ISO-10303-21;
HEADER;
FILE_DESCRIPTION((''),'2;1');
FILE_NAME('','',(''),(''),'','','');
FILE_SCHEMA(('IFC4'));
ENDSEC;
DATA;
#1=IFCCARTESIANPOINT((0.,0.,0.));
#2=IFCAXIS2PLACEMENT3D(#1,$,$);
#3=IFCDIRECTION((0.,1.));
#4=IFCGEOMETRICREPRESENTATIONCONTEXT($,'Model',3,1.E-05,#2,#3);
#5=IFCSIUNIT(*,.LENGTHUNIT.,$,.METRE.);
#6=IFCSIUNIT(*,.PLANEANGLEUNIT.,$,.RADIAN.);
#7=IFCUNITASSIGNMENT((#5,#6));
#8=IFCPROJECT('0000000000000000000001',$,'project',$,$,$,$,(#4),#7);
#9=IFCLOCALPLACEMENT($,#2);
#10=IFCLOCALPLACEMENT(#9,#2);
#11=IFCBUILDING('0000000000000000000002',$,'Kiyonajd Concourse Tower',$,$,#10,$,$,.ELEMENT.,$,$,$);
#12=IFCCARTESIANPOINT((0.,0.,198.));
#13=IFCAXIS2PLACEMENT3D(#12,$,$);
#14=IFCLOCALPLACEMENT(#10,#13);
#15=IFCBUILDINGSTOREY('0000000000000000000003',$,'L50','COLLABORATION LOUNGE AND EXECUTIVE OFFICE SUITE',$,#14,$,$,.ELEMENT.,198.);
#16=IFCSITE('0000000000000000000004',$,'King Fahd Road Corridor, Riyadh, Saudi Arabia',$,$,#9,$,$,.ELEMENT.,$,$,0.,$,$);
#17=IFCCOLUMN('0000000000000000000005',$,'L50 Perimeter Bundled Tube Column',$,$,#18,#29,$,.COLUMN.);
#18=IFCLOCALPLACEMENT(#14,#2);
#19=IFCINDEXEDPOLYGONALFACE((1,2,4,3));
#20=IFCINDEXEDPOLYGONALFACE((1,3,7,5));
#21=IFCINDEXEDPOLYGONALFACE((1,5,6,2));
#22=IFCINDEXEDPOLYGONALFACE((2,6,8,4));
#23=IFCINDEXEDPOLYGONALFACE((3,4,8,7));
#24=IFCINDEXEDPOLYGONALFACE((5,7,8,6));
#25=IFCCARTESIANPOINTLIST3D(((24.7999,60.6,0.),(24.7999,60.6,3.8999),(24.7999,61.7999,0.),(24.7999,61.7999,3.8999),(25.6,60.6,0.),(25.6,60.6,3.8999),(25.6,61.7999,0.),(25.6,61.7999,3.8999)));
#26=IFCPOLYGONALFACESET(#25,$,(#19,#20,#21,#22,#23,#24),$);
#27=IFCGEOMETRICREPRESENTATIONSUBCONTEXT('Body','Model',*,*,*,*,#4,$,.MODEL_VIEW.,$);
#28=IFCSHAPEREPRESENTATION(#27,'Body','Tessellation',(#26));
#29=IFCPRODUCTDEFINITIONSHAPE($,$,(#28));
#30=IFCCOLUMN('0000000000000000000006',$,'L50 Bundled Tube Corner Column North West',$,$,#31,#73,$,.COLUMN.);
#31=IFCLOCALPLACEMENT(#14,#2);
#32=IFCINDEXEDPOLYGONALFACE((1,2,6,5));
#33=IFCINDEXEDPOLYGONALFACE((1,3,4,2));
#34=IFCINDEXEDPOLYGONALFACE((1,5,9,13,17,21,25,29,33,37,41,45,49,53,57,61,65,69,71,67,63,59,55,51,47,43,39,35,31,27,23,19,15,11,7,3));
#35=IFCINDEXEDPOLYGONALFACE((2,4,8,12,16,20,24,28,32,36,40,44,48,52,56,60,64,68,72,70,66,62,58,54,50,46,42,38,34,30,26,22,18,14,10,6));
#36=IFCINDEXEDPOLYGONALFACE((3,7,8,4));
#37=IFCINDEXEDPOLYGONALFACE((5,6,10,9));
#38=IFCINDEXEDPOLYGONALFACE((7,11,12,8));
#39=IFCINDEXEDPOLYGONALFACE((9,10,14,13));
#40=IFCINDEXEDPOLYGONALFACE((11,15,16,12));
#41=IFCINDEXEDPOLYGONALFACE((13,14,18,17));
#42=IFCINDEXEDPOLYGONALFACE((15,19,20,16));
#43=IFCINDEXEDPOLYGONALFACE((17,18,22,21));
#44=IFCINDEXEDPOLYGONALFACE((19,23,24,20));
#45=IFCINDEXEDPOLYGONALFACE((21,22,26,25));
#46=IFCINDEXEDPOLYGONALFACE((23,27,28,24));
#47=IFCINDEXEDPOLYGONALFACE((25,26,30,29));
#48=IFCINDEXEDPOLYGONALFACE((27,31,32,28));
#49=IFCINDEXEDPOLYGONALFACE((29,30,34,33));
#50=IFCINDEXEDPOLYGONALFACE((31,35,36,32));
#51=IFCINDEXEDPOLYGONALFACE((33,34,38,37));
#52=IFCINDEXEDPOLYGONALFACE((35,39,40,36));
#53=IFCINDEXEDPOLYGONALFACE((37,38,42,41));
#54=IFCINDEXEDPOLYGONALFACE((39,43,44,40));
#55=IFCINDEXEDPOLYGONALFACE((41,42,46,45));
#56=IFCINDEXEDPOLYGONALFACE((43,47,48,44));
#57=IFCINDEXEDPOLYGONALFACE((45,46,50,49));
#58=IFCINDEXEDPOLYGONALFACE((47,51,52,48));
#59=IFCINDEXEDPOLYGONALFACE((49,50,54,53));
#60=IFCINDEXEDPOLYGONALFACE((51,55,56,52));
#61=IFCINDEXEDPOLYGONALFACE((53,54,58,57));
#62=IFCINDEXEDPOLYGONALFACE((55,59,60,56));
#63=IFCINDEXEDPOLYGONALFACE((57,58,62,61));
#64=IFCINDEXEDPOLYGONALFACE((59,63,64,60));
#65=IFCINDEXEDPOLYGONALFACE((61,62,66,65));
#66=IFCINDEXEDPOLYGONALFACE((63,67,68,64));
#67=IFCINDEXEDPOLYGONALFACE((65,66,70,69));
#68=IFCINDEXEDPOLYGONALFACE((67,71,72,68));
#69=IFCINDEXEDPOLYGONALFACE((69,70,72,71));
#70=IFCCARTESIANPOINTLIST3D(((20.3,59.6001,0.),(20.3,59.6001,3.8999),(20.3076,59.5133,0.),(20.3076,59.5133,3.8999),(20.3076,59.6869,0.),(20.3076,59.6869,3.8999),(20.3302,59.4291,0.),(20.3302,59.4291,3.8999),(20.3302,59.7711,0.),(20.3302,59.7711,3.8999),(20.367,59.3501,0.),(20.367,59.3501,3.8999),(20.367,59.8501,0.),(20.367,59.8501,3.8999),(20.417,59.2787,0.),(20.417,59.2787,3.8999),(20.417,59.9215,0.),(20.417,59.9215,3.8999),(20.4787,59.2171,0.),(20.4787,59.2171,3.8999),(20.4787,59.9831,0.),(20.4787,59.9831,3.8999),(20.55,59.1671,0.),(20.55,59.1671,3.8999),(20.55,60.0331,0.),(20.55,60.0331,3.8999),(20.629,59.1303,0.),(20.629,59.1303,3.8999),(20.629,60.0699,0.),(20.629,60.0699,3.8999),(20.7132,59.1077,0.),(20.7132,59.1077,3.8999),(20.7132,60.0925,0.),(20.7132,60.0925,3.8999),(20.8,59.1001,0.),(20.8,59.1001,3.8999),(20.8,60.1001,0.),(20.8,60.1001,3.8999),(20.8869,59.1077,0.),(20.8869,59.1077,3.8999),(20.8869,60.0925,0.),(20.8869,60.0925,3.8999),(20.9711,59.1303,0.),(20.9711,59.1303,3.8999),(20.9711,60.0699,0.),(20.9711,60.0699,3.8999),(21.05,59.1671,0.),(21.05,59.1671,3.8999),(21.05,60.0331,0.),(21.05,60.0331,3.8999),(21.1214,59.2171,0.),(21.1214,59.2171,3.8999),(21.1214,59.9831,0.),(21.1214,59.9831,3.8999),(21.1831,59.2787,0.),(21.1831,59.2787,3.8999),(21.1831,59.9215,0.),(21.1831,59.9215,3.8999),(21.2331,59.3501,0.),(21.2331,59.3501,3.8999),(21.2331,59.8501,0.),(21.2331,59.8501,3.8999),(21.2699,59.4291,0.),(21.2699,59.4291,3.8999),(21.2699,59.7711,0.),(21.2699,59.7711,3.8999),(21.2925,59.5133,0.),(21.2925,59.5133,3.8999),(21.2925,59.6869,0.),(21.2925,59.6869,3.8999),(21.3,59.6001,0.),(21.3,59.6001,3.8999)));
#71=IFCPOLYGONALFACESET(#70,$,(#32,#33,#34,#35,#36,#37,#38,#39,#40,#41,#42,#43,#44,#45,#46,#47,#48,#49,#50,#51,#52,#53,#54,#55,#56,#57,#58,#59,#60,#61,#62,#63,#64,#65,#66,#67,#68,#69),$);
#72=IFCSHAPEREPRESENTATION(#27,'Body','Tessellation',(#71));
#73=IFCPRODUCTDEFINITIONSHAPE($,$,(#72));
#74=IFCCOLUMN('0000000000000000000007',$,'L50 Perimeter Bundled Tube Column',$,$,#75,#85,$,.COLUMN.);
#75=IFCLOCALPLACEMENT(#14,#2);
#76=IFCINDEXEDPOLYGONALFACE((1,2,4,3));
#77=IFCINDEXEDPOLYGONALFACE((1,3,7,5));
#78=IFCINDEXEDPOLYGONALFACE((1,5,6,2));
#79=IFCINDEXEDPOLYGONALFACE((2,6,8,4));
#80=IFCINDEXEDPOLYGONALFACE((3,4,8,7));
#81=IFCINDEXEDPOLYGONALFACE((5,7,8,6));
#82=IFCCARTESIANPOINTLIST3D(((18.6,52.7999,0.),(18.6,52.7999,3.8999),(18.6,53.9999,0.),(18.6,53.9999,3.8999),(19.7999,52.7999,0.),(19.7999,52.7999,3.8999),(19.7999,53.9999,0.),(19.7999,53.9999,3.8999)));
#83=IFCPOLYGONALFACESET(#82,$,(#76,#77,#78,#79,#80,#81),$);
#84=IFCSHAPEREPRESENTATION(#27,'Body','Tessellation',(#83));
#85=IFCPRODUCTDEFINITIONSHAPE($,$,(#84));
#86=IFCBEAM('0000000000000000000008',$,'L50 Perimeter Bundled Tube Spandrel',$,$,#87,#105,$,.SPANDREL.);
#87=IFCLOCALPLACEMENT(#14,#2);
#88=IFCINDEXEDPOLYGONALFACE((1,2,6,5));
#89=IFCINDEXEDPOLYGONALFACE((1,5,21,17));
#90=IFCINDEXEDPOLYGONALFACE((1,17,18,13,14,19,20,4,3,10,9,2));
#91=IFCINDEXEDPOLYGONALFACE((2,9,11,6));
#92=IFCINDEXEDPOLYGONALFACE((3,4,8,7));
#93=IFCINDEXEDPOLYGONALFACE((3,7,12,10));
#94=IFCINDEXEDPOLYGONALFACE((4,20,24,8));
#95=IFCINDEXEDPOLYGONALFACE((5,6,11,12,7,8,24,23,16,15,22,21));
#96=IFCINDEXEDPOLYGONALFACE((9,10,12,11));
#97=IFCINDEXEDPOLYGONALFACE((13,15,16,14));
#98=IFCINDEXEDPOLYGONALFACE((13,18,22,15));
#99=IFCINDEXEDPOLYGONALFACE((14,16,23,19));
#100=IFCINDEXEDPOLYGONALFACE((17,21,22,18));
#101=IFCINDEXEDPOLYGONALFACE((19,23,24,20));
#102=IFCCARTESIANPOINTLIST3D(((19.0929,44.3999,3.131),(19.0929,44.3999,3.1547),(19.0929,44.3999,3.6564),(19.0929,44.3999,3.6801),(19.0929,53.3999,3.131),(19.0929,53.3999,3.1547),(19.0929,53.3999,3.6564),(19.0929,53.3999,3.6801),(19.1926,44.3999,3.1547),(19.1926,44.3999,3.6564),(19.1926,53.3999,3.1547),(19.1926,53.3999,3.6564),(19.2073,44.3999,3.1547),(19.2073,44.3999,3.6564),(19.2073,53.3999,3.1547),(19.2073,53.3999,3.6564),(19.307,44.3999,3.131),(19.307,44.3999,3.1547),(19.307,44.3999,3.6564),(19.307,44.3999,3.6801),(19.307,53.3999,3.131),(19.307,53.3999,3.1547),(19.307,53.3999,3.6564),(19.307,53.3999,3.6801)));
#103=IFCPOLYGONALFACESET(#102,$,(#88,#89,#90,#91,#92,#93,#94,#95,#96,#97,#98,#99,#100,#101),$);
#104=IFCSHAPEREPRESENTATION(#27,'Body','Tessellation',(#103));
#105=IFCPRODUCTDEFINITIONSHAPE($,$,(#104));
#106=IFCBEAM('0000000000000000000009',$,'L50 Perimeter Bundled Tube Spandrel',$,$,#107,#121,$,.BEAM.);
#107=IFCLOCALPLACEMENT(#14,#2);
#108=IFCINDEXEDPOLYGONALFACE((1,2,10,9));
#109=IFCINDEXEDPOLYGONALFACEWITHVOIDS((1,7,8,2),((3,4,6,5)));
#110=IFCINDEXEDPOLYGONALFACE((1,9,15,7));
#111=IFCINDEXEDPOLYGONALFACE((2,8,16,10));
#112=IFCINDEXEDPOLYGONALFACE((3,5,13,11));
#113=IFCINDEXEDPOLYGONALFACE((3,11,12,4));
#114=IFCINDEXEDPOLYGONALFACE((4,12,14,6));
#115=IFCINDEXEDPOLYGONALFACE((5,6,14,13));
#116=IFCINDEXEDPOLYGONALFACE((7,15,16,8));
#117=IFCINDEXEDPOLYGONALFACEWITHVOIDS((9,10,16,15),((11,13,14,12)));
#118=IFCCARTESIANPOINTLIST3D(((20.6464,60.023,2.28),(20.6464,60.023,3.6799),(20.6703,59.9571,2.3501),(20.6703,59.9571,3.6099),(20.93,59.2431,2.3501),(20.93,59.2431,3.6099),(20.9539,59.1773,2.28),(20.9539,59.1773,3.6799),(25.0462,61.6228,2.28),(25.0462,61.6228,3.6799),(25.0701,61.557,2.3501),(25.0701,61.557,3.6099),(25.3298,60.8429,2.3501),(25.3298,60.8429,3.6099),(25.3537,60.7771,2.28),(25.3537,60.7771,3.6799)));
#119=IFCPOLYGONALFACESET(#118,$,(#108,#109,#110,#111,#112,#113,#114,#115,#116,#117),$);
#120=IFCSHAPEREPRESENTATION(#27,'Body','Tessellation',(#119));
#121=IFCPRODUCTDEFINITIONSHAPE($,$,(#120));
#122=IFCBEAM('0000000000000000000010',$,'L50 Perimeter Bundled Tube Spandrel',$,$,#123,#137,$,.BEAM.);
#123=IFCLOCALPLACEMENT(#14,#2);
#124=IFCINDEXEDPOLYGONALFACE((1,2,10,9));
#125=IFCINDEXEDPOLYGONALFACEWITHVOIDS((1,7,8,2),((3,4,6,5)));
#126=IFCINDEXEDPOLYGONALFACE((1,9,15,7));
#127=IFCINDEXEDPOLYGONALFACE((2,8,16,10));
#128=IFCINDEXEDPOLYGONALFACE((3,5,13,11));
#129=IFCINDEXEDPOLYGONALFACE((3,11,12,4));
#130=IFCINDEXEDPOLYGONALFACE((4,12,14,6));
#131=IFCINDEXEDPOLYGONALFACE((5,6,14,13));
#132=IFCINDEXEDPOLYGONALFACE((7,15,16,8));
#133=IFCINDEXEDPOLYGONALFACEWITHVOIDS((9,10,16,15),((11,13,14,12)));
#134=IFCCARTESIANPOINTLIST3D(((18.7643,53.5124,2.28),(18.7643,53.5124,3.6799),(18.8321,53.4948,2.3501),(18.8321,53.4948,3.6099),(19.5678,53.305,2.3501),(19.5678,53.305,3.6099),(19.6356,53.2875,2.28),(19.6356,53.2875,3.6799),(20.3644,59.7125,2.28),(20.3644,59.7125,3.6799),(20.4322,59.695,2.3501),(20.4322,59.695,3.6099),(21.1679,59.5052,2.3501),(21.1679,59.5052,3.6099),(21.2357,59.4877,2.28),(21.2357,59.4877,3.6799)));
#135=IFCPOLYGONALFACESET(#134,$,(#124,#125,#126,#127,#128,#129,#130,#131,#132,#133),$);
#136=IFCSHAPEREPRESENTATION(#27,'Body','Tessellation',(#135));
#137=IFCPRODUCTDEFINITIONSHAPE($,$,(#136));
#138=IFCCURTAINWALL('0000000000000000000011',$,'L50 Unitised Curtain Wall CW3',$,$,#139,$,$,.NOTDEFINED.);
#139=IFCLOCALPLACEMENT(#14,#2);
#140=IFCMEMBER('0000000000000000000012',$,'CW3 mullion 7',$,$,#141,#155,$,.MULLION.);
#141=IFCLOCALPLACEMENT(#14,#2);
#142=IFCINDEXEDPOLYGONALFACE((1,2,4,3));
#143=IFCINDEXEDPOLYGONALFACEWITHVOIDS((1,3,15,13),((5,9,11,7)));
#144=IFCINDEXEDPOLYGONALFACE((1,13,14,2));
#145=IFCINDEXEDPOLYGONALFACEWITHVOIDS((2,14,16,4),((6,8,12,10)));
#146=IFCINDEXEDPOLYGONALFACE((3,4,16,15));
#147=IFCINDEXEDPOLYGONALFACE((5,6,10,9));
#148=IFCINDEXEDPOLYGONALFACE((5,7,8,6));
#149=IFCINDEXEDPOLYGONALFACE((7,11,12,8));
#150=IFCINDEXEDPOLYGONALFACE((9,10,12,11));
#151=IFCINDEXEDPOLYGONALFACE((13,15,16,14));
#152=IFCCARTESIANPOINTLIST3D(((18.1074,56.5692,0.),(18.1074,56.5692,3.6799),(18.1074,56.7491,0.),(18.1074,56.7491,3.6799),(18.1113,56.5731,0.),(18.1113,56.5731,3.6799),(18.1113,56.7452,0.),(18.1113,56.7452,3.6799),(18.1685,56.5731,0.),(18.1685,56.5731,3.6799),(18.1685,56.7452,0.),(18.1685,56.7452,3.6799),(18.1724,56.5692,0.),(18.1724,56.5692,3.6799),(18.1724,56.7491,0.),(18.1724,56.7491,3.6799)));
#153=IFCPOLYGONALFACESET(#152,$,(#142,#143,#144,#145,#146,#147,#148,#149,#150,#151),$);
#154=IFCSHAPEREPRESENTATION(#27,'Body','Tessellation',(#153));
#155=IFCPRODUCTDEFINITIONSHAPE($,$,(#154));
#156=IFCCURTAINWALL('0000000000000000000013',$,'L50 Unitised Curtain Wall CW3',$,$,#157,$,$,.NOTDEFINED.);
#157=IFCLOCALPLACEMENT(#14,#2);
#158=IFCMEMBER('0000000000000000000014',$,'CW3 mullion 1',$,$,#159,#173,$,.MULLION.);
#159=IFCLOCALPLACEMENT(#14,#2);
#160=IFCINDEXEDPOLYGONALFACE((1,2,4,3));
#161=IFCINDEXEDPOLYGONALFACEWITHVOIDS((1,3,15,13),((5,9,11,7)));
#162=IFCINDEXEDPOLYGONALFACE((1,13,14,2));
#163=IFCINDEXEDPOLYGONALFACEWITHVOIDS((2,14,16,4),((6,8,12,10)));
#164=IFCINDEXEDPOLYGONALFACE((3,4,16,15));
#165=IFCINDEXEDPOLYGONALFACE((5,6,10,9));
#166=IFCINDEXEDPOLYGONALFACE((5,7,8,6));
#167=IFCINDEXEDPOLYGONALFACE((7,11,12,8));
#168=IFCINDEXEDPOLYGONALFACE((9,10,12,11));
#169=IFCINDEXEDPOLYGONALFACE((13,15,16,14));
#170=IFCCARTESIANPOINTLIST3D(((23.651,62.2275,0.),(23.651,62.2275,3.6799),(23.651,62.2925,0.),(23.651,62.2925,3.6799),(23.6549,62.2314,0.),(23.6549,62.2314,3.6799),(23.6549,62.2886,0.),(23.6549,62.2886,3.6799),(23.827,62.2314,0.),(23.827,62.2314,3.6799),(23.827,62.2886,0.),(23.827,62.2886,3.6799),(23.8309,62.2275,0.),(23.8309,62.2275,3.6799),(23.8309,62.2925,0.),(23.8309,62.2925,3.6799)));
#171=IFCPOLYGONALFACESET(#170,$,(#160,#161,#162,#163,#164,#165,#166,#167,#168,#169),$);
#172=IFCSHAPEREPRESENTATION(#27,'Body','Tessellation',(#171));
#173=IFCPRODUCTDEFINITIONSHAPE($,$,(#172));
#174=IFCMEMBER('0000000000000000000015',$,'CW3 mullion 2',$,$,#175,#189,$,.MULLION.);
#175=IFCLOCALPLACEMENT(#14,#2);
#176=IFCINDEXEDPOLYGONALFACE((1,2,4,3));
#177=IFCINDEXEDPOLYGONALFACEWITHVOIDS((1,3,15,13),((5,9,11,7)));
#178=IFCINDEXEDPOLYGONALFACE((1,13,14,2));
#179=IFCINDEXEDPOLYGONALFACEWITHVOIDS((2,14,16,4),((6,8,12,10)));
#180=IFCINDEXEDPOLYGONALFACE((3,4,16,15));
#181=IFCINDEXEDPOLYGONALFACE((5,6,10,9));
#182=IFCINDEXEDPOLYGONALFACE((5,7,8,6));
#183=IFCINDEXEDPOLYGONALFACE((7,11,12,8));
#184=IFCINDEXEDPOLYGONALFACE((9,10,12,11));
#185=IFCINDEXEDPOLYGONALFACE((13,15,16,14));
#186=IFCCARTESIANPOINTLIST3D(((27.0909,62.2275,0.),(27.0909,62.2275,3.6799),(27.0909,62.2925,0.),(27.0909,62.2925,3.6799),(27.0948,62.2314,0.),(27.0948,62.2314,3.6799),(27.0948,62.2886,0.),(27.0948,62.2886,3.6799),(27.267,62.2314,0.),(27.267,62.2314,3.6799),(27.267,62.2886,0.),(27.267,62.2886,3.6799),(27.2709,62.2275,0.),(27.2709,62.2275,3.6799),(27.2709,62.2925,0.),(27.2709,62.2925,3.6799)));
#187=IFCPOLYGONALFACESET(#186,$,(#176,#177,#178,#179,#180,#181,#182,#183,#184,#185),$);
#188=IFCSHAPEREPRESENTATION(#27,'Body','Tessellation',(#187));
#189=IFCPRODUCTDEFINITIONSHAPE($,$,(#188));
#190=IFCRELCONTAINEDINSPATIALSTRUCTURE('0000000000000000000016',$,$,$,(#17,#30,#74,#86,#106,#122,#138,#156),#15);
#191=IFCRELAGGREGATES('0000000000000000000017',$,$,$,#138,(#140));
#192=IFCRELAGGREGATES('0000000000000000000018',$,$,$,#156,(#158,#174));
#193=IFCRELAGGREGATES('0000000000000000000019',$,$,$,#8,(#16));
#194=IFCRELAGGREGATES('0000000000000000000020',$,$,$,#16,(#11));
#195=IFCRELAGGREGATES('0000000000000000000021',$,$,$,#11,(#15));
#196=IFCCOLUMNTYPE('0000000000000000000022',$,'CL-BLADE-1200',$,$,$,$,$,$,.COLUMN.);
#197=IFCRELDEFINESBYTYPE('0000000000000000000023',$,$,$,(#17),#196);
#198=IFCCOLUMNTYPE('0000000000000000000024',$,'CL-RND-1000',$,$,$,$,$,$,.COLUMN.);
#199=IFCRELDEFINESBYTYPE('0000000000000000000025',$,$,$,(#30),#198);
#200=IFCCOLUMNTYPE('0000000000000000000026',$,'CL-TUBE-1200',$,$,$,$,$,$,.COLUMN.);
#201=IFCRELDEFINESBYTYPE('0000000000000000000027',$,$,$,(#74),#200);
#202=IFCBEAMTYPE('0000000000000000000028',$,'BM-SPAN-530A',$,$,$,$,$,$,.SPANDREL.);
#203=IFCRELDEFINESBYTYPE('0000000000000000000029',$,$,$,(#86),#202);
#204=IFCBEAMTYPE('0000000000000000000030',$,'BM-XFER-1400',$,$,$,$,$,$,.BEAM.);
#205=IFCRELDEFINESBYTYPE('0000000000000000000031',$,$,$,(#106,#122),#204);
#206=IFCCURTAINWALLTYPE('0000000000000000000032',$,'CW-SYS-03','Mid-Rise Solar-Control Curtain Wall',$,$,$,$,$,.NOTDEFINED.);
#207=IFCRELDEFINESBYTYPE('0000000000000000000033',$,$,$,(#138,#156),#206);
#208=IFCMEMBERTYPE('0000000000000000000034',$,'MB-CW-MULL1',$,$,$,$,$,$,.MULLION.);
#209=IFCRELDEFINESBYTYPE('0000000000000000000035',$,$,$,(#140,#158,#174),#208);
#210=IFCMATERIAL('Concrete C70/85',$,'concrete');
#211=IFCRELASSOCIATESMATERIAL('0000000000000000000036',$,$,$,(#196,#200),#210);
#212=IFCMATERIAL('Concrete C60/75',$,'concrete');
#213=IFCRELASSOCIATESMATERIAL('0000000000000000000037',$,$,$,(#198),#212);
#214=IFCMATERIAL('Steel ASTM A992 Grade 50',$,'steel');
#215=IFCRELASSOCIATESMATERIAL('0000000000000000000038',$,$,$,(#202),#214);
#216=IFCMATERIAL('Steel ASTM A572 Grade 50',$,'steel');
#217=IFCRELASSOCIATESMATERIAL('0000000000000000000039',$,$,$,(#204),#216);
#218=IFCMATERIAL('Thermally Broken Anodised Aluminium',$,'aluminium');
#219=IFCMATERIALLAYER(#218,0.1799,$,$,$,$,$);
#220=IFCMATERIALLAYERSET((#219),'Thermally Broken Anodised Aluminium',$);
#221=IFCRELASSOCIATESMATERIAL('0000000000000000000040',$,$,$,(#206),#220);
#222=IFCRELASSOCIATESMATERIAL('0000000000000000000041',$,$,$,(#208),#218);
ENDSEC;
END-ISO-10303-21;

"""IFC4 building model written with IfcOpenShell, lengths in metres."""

from ifc_helpers import new_model, si_unit, direction, frame, origin, origin_2d, place, context, subcontext, project, spatial, rectangle, hollow_rectangle, circle, i_section, extrude, material, layer, layer_set, material_profile, profile_set, type_object, element, aggregate, save


model = new_model("IFC4")

# Units and contexts
model_context = context("Model", 3, precision=1e-05, world=origin(), true_north=direction((0.0, 1.0)))
body_context = subcontext(model_context, "Body", "Model", "MODEL_VIEW")
ifc_project = project(units=[si_unit("LENGTHUNIT", "METRE"), si_unit("PLANEANGLEUNIT", "RADIAN")], contexts=[model_context])

# Site, building, storey
site_placement = place(None, origin())
site = spatial("IfcSite", under=ifc_project, at=site_placement, Name="King Fahd Road Corridor, Riyadh, Saudi Arabia", CompositionType="ELEMENT", RefElevation=0.0)
building_placement = place(site_placement, origin())
building = spatial("IfcBuilding", under=site, at=building_placement, Name="Kiyonajd Concourse Tower", CompositionType="ELEMENT")
storey_placement = place(building_placement, frame((0.0, 0.0, 198.0)))
storey = spatial("IfcBuildingStorey", under=building, at=storey_placement, Name="L50", Description="COLLABORATION LOUNGE AND EXECUTIVE OFFICE SUITE", CompositionType="ELEMENT", Elevation=198.0)

# Columns
ifc_material_1 = material(Name="Concrete C70/85", Category="concrete")
ifc_material_profile_1 = material_profile(ifc_material_1, rectangle(XDim=0.8, YDim=1.2, at=origin_2d()), Name="RC-1200x800")
ifc_profile_set_1 = profile_set([ifc_material_profile_1], Name="Concrete C70/85")
column_type_1 = type_object("IfcColumnType", Name="CL-BLADE-1200", PredefinedType="COLUMN", material=ifc_profile_set_1)
column_1_placement = place(storey_placement, frame((25.2, 61.2, 0.0), z_axis=(0.0, 0.0, 1.0), x_axis=(1.0, 0.0, 0.0)))
element("IfcColumn", 1, at=column_1_placement, inside=storey, type_object=column_type_1, Name="L50 Perimeter Bundled Tube Column", PredefinedType="COLUMN", context=body_context, shape_type="SweptSolid", body=[
    extrude(rectangle(XDim=0.8, YDim=1.2, at=origin_2d()), origin(), (0.0, 0.0, 1.0), 3.8999),
])
ifc_material_2 = material(Name="Concrete C60/75", Category="concrete")
ifc_material_profile_2 = material_profile(ifc_material_2, circle(Radius=0.5, at=origin_2d()), Name="RCC-D1000")
ifc_profile_set_2 = profile_set([ifc_material_profile_2], Name="Concrete C60/75")
column_type_2 = type_object("IfcColumnType", Name="CL-RND-1000", PredefinedType="COLUMN", material=ifc_profile_set_2)
column_2_placement = place(storey_placement, frame((20.8, 59.6001, 0.0), z_axis=(0.0, 0.0, 1.0), x_axis=(1.0, 0.0, 0.0)))
element("IfcColumn", 2, at=column_2_placement, inside=storey, type_object=column_type_2, Name="L50 Bundled Tube Corner Column North West", PredefinedType="COLUMN", context=body_context, shape_type="SweptSolid", body=[
    extrude(circle(Radius=0.5, at=origin_2d()), origin(), (0.0, 0.0, 1.0), 3.8999),
])
ifc_material_profile_3 = material_profile(ifc_material_1, rectangle(XDim=1.2, YDim=1.2, at=origin_2d()), Name="RC-1200x1200")
ifc_profile_set_3 = profile_set([ifc_material_profile_3], Name="Concrete C70/85")
column_type_3 = type_object("IfcColumnType", Name="CL-TUBE-1200", PredefinedType="COLUMN", material=ifc_profile_set_3)
column_3_placement = place(storey_placement, frame((19.2, 53.3999, 0.0), z_axis=(0.0, 0.0, 1.0), x_axis=(1.0, 0.0, 0.0)))
element("IfcColumn", 3, at=column_3_placement, inside=storey, type_object=column_type_3, Name="L50 Perimeter Bundled Tube Column", PredefinedType="COLUMN", context=body_context, shape_type="SweptSolid", body=[
    extrude(rectangle(XDim=1.2, YDim=1.2, at=origin_2d()), origin(), (0.0, 0.0, 1.0), 3.8999),
])

# Beams
ifc_material_3 = material(Name="Steel ASTM A992 Grade 50", Category="steel")
ifc_material_profile_4 = material_profile(ifc_material_3, i_section(OverallWidth=0.2141, OverallDepth=0.5491, WebThickness=0.0146, FlangeThickness=0.0237, at=origin_2d()), Name="W530X138")
ifc_profile_set_4 = profile_set([ifc_material_profile_4], Name="Steel ASTM A992 Grade 50")
beam_type_1 = type_object("IfcBeamType", Name="BM-SPAN-530A", PredefinedType="SPANDREL", material=ifc_profile_set_4)
beam_1_placement = place(storey_placement, frame((19.2, 53.3999, 3.4055), z_axis=(0.0, -1.0, 0.0), x_axis=(1.0, 0.0, 0.0)))
element("IfcBeam", 4, at=beam_1_placement, inside=storey, type_object=beam_type_1, Name="L50 Perimeter Bundled Tube Spandrel", PredefinedType="SPANDREL", context=body_context, shape_type="SweptSolid", body=[
    extrude(i_section(OverallWidth=0.2141, OverallDepth=0.5491, WebThickness=0.0146, FlangeThickness=0.0237, at=origin_2d()), origin(), (0.0, 0.0, 1.0), 9.0),
])
ifc_material_4 = material(Name="Steel ASTM A572 Grade 50", Category="steel")
ifc_material_profile_5 = material_profile(ifc_material_4, hollow_rectangle(XDim=0.8999, YDim=1.3999, WallThickness=0.0701, at=origin_2d()), Name="BOX-1400x900x70")
ifc_profile_set_5 = profile_set([ifc_material_profile_5], Name="Steel ASTM A572 Grade 50")
beam_type_2 = type_object("IfcBeamType", Name="BM-XFER-1400", PredefinedType="BEAM", material=ifc_profile_set_5)
beam_2_placement = place(storey_placement, frame((25.2, 61.2, 2.98), z_axis=(-0.939801, -0.341722, 0.0), x_axis=(0.341722, -0.939801, 0.0)))
element("IfcBeam", 5, at=beam_2_placement, inside=storey, type_object=beam_type_2, Name="L50 Perimeter Bundled Tube Spandrel", PredefinedType="BEAM", context=body_context, shape_type="SweptSolid", body=[
    extrude(hollow_rectangle(XDim=0.8999, YDim=1.3999, WallThickness=0.0701, at=origin_2d()), origin(), (0.0, 0.0, 1.0), 4.6816),
])
beam_3_placement = place(storey_placement, frame((20.8, 59.6001, 2.98), z_axis=(-0.249885, -0.968276, 0.0), x_axis=(0.968276, -0.249885, 0.0)))
element("IfcBeam", 6, at=beam_3_placement, inside=storey, type_object=beam_type_2, Name="L50 Perimeter Bundled Tube Spandrel", PredefinedType="BEAM", context=body_context, shape_type="SweptSolid", body=[
    extrude(hollow_rectangle(XDim=0.8999, YDim=1.3999, WallThickness=0.0701, at=origin_2d()), origin(), (0.0, 0.0, 1.0), 6.4033),
])

# Curtain wall, member
ifc_material_5 = material(Name="Thermally Broken Anodised Aluminium", Category="aluminium")
ifc_layer_1 = layer(ifc_material_5, 0.1799)
ifc_layer_set_1 = layer_set([ifc_layer_1], Name="Thermally Broken Anodised Aluminium")
curtain_wall_type = type_object("IfcCurtainWallType", Name="CW-SYS-03", Description="Mid-Rise Solar-Control Curtain Wall", PredefinedType="NOTDEFINED", material=ifc_layer_set_1)
curtain_wall_1_placement = place(storey_placement, origin())
curtain_wall_1 = element("IfcCurtainWall", 7, at=curtain_wall_1_placement, inside=storey, type_object=curtain_wall_type, Name="L50 Unitised Curtain Wall CW3", PredefinedType="NOTDEFINED")
ifc_material_profile_6 = material_profile(ifc_material_5, hollow_rectangle(XDim=0.0649, YDim=0.1799, WallThickness=0.0039, at=origin_2d()), Name="MULL-65x180")
ifc_profile_set_6 = profile_set([ifc_material_profile_6], Name="Thermally Broken Anodised Aluminium")
member_type_1 = type_object("IfcMemberType", Name="MB-CW-MULL1", PredefinedType="MULLION", material=ifc_profile_set_6)
member_1_placement = place(storey_placement, frame((18.1399, 56.6592, 0.0), z_axis=(0.0, 0.0, 1.0), x_axis=(-1.0, 0.0, 0.0)))
member_1 = element("IfcMember", 8, at=member_1_placement, type_object=member_type_1, Name="CW3 mullion 7", PredefinedType="MULLION", context=body_context, shape_type="SweptSolid", body=[
    extrude(hollow_rectangle(XDim=0.0649, YDim=0.1799, WallThickness=0.0039, at=origin_2d()), origin(), (0.0, 0.0, 1.0), 3.6799),
])

# Curtain wall, members
curtain_wall_2_placement = place(storey_placement, origin())
curtain_wall_2 = element("IfcCurtainWall", 9, at=curtain_wall_2_placement, inside=storey, type_object=curtain_wall_type, Name="L50 Unitised Curtain Wall CW3", PredefinedType="NOTDEFINED")
member_2_placement = place(storey_placement, frame((23.741, 62.26, 0.0), z_axis=(0.0, 0.0, 1.0), x_axis=(0.0, 1.0, 0.0)))
member_2 = element("IfcMember", 10, at=member_2_placement, type_object=member_type_1, Name="CW3 mullion 1", PredefinedType="MULLION", context=body_context, shape_type="SweptSolid", body=[
    extrude(hollow_rectangle(XDim=0.0649, YDim=0.1799, WallThickness=0.0039, at=origin_2d()), origin(), (0.0, 0.0, 1.0), 3.6799),
])
member_3_placement = place(storey_placement, frame((27.1809, 62.26, 0.0), z_axis=(0.0, 0.0, 1.0), x_axis=(0.0, 1.0, 0.0)))
member_3 = element("IfcMember", 11, at=member_3_placement, type_object=member_type_1, Name="CW3 mullion 2", PredefinedType="MULLION", context=body_context, shape_type="SweptSolid", body=[
    extrude(hollow_rectangle(XDim=0.0649, YDim=0.1799, WallThickness=0.0039, at=origin_2d()), origin(), (0.0, 0.0, 1.0), 3.6799),
])

aggregate(curtain_wall_1, [member_1])
aggregate(curtain_wall_2, [member_2, member_3])

save(model, "model.ifc")
